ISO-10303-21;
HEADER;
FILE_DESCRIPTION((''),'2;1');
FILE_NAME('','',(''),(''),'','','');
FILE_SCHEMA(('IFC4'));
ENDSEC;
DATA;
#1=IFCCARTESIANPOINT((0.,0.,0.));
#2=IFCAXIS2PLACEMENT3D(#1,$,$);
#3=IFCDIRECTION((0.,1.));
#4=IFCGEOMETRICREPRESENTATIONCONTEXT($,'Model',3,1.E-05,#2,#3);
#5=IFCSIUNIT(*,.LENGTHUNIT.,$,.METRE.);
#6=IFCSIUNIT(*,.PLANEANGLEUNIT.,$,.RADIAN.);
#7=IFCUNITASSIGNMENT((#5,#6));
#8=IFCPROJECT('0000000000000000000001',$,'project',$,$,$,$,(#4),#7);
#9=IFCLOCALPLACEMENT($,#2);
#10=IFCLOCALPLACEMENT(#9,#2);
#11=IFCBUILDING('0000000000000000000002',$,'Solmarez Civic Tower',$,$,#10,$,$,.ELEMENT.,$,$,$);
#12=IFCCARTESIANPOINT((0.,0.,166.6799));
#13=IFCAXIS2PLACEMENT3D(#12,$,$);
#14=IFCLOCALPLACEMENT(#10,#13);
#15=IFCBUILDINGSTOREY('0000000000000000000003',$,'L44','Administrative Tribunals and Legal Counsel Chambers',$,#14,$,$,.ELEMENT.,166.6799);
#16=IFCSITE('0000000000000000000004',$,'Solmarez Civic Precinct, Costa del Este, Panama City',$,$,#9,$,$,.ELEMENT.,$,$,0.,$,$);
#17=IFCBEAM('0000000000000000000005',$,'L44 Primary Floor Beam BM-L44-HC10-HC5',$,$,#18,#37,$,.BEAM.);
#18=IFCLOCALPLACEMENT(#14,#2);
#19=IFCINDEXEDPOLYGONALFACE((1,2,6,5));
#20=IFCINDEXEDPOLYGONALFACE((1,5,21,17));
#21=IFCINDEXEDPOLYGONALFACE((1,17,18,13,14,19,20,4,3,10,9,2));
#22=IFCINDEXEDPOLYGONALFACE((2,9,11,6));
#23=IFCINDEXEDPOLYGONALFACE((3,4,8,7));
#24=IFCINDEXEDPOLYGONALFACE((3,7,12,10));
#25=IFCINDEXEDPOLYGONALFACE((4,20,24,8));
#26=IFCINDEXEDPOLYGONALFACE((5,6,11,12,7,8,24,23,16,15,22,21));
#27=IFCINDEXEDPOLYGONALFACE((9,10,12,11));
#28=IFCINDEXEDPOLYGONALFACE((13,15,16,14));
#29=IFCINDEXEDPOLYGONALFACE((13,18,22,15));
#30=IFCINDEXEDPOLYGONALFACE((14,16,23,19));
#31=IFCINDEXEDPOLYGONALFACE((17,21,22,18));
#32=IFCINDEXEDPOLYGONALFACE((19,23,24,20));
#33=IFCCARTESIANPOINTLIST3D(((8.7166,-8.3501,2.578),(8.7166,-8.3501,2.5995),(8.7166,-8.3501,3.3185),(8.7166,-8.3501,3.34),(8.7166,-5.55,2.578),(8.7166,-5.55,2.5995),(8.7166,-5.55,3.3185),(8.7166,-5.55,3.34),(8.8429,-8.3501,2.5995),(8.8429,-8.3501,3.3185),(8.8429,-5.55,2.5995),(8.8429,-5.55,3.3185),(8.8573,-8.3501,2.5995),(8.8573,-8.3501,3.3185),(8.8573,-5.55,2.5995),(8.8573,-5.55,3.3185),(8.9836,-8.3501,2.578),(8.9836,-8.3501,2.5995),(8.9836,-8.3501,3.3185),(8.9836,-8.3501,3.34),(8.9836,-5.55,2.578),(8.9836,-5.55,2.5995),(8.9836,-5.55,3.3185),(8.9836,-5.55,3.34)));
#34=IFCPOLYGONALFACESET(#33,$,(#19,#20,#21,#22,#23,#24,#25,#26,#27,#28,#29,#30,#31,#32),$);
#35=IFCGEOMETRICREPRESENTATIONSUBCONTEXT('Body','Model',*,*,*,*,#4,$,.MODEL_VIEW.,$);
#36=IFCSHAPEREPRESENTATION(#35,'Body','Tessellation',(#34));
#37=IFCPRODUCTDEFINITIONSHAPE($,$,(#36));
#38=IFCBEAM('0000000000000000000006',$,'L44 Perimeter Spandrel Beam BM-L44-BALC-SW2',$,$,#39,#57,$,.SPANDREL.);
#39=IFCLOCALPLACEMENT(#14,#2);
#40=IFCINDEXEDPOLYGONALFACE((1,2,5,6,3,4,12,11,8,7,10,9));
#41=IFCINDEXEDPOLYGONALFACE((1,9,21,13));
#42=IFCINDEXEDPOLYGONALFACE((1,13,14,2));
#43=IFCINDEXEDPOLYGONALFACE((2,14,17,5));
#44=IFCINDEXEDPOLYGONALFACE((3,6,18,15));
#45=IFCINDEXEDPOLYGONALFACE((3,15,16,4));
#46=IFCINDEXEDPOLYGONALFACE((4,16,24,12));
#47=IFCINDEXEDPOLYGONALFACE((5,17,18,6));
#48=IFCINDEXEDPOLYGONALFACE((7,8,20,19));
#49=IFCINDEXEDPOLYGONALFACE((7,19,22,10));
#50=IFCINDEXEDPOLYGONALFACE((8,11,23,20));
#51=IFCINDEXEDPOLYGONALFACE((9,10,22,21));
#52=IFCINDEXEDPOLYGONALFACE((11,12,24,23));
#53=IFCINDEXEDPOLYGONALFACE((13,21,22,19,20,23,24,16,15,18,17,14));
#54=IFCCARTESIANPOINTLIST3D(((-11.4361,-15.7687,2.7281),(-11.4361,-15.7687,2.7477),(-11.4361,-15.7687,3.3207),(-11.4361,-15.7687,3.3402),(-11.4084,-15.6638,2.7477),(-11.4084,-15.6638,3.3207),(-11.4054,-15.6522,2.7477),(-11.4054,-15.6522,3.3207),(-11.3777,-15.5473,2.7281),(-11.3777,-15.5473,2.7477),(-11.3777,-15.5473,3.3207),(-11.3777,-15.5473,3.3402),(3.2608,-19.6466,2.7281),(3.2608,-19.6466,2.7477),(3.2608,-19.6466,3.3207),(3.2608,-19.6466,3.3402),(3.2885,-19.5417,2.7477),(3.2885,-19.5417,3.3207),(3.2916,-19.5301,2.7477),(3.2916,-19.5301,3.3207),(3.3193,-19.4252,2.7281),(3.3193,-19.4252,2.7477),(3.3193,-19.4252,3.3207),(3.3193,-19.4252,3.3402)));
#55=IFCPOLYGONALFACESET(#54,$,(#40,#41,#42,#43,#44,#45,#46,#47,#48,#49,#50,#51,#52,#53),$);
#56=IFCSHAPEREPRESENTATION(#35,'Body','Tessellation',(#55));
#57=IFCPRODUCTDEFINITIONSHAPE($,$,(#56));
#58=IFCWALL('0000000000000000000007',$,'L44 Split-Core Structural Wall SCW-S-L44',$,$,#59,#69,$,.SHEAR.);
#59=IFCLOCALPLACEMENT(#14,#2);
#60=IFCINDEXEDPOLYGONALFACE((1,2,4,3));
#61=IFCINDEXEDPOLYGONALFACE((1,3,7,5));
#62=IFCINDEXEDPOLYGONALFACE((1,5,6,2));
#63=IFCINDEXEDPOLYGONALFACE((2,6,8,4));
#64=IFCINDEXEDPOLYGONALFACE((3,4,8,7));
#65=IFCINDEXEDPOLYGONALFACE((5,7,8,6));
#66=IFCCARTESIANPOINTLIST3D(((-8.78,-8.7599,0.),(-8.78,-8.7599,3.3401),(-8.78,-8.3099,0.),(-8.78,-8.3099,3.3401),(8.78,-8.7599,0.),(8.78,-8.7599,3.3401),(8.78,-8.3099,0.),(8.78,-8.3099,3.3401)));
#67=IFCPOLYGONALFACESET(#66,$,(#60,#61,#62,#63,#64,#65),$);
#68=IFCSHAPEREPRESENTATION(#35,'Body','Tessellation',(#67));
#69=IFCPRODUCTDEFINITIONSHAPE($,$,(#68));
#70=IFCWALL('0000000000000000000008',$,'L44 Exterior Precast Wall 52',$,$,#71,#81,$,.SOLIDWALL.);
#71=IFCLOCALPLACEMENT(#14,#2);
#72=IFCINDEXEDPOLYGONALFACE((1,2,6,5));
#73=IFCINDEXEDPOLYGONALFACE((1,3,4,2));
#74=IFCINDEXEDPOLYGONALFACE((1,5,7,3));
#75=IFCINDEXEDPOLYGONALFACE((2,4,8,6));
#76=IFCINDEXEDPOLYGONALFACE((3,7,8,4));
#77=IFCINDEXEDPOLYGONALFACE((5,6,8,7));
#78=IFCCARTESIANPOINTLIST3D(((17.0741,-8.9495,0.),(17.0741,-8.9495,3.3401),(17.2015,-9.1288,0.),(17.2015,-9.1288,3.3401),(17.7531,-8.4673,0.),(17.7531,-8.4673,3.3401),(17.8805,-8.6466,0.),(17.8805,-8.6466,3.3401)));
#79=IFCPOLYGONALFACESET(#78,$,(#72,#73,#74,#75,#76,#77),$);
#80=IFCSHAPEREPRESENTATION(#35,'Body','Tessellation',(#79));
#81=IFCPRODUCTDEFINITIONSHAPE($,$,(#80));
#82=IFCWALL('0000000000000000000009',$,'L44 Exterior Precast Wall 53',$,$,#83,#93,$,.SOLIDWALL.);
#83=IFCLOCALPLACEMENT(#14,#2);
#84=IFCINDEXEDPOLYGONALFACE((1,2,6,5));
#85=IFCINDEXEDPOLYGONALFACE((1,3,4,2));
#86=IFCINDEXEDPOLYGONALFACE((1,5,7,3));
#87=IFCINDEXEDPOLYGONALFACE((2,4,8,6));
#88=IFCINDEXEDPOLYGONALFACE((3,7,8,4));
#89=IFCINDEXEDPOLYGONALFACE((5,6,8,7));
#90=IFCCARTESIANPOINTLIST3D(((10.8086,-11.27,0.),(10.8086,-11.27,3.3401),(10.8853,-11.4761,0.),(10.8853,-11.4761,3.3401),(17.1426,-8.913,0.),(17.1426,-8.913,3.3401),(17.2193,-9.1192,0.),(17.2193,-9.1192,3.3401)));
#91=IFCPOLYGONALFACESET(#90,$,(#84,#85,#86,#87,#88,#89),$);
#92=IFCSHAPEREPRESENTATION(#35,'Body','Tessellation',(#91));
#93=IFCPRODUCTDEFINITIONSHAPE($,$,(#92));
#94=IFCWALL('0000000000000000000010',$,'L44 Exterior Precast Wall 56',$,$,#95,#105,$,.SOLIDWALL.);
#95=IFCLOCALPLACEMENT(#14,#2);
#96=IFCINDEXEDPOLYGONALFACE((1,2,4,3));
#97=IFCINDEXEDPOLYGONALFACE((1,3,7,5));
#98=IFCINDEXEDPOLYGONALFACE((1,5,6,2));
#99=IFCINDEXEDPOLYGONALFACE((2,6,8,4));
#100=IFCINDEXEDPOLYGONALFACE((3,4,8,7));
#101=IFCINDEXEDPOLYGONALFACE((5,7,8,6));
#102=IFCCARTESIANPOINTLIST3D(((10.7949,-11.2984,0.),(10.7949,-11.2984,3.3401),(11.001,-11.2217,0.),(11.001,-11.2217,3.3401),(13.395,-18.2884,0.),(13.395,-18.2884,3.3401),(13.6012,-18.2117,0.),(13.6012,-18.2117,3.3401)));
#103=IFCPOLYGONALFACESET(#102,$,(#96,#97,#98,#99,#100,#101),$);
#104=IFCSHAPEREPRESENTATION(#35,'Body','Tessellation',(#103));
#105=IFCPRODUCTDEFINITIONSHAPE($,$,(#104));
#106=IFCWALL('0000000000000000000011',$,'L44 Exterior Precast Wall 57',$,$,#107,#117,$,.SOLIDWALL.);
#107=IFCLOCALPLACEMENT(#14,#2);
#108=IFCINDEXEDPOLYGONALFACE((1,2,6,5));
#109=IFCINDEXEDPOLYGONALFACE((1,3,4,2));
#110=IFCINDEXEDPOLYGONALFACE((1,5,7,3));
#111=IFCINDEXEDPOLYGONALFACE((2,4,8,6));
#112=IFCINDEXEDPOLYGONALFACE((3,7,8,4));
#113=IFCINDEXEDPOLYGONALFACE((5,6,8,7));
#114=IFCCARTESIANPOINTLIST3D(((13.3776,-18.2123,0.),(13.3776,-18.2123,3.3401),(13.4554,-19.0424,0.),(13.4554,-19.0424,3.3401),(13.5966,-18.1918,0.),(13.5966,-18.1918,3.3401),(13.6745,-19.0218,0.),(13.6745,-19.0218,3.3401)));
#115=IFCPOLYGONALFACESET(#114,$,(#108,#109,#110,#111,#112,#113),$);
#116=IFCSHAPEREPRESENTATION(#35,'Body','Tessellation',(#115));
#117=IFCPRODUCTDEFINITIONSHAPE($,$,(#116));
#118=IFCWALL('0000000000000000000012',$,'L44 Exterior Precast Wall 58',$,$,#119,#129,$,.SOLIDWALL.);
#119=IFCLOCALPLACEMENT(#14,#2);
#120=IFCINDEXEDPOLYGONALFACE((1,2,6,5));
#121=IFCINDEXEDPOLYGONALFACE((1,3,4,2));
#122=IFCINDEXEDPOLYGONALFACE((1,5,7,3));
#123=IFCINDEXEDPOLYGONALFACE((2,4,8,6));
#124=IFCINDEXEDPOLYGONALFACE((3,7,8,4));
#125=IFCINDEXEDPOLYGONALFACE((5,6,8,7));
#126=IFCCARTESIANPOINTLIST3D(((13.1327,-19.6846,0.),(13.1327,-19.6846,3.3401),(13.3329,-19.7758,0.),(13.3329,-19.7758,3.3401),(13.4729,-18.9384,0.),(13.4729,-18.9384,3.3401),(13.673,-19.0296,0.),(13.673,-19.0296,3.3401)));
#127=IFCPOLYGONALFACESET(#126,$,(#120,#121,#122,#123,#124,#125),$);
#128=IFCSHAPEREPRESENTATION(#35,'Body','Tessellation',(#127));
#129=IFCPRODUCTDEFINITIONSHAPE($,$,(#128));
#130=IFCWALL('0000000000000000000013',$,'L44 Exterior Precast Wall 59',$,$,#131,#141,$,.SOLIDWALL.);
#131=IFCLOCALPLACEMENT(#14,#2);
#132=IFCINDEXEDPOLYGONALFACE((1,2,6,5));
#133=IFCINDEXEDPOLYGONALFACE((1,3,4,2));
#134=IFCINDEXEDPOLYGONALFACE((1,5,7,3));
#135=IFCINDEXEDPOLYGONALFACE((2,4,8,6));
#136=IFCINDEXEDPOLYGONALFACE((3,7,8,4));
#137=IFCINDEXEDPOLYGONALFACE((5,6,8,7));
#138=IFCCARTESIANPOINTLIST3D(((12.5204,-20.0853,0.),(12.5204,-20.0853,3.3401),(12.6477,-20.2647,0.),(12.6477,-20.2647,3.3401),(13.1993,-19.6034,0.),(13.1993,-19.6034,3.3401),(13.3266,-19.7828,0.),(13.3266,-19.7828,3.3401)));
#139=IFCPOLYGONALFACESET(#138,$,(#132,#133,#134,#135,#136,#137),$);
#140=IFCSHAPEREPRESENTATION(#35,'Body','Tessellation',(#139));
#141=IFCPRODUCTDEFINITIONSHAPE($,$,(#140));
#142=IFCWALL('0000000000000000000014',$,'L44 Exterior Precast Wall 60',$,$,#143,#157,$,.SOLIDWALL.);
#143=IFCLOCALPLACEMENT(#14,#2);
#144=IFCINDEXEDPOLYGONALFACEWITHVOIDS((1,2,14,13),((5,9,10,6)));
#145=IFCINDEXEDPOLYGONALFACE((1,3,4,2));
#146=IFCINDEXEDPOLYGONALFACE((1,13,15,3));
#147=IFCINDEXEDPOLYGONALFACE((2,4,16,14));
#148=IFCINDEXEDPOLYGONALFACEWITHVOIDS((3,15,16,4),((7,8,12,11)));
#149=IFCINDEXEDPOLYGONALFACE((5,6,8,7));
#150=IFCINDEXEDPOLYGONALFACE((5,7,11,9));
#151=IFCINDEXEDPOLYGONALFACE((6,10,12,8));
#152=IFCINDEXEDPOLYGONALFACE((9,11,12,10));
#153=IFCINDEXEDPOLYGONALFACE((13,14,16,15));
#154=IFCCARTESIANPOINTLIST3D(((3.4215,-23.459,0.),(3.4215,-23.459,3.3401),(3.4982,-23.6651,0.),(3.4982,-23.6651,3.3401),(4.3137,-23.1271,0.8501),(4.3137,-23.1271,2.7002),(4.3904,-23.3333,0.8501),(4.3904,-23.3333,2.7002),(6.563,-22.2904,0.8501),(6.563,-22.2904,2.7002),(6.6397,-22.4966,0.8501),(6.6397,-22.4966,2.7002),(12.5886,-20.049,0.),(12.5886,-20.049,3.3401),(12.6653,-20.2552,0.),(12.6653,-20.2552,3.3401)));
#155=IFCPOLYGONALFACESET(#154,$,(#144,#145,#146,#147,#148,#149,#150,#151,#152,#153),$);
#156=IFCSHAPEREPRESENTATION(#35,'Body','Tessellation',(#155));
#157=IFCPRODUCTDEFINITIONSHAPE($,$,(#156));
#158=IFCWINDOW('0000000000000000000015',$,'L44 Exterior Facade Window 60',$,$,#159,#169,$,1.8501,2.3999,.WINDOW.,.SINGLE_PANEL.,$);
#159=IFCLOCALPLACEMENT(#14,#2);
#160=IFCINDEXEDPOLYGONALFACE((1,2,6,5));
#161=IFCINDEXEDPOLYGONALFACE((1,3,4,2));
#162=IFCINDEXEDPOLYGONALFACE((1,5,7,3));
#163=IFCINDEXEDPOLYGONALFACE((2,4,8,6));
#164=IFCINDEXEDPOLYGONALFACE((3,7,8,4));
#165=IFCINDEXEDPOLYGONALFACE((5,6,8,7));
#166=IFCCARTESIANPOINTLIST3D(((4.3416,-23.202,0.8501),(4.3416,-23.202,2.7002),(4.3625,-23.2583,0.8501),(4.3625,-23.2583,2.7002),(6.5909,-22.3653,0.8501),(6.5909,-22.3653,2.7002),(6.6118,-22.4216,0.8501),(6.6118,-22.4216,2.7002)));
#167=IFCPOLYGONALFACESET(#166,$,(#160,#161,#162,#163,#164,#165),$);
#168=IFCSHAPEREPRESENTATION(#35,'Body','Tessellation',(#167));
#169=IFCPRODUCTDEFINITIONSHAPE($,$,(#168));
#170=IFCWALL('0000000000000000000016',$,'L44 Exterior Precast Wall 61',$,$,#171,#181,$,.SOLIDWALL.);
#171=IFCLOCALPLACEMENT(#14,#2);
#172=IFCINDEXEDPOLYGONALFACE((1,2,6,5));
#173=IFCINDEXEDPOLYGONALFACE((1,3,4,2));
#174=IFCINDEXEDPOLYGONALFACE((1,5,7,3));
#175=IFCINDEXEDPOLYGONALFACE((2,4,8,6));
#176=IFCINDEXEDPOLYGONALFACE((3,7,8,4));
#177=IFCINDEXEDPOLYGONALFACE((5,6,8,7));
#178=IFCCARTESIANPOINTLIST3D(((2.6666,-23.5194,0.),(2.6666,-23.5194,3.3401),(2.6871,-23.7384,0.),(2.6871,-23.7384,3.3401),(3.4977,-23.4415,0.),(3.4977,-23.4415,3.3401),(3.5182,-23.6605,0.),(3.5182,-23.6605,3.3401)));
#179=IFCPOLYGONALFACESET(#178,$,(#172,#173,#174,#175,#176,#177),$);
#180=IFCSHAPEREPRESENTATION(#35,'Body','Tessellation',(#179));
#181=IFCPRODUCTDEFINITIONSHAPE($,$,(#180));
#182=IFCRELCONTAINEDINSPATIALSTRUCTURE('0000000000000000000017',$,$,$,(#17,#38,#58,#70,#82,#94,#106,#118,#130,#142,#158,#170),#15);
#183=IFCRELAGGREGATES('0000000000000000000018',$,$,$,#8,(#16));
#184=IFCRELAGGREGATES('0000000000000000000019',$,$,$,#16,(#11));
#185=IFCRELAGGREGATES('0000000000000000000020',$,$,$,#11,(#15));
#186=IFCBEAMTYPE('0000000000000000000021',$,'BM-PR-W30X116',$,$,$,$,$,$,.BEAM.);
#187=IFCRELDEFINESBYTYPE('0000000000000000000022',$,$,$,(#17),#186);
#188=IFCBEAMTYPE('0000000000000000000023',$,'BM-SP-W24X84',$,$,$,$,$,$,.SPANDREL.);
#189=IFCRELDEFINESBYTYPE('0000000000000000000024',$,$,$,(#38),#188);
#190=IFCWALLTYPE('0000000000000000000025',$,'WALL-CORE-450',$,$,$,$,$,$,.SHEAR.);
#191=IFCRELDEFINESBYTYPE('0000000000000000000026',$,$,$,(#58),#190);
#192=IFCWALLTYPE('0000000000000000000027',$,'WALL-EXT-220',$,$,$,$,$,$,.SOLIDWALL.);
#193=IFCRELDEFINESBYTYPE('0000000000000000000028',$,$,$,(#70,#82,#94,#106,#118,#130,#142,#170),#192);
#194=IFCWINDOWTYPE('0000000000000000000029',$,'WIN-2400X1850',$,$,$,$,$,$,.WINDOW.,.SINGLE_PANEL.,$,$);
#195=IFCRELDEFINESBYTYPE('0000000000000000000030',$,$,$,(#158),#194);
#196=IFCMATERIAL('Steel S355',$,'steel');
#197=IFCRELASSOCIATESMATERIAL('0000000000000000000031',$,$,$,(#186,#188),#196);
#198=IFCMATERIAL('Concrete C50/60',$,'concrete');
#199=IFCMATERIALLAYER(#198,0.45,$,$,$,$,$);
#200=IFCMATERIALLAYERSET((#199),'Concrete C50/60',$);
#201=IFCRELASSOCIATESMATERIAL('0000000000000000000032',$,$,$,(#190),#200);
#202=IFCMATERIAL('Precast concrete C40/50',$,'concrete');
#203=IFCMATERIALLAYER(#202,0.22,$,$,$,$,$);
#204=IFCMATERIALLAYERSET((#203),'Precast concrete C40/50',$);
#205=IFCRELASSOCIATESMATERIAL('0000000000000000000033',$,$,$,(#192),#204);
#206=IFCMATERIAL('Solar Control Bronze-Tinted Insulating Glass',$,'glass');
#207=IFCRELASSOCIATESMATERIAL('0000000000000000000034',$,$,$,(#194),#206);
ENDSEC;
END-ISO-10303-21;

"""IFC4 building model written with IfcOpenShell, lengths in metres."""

from ifc_helpers import new_model, si_unit, direction, frame, frame_2d, origin, origin_2d, place, context, subcontext, project, spatial, rectangle, i_section, extrude, material, layer, layer_set, material_profile, profile_set, type_object, element, fill, save


model = new_model("IFC4")

# Units and contexts
model_context = context("Model", 3, precision=1e-05, world=origin(), true_north=direction((0.0, 1.0)))
body_context = subcontext(model_context, "Body", "Model", "MODEL_VIEW")
ifc_project = project(units=[si_unit("LENGTHUNIT", "METRE"), si_unit("PLANEANGLEUNIT", "RADIAN")], contexts=[model_context])

# Site, building, storey
site_placement = place(None, origin())
site = spatial("IfcSite", under=ifc_project, at=site_placement, Name="Solmarez Civic Precinct, Costa del Este, Panama City", CompositionType="ELEMENT", RefElevation=0.0)
building_placement = place(site_placement, origin())
building = spatial("IfcBuilding", under=site, at=building_placement, Name="Solmarez Civic Tower", CompositionType="ELEMENT")
storey_placement = place(building_placement, frame((0.0, 0.0, 166.6799)))
storey = spatial("IfcBuildingStorey", under=building, at=storey_placement, Name="L44", Description="Administrative Tribunals and Legal Counsel Chambers", CompositionType="ELEMENT", Elevation=166.6799)

# Shared definitions
ifc_material_1 = material(Name="Concrete C50/60", Category="concrete")
ifc_material_2 = material(Name="Steel S355", Category="steel")

# Beams
ifc_material_profile_1 = material_profile(ifc_material_2, i_section(OverallWidth=0.2671, OverallDepth=0.762, WebThickness=0.0144, FlangeThickness=0.0215, at=origin_2d()), Name="W30X116")
ifc_profile_set_1 = profile_set([ifc_material_profile_1], Name="Steel S355")
beam_type_1 = type_object("IfcBeamType", Name="BM-PR-W30X116", PredefinedType="BEAM", material=ifc_profile_set_1)
beam_1_placement = place(storey_placement, frame((8.8501, -8.3501, 2.959), z_axis=(0.0, 1.0, 0.0), x_axis=(-1.0, 0.0, 0.0)))
element("IfcBeam", 1, at=beam_1_placement, inside=storey, type_object=beam_type_1, Name="L44 Primary Floor Beam BM-L44-HC10-HC5", PredefinedType="BEAM", context=body_context, shape_type="SweptSolid", body=[
    extrude(i_section(OverallWidth=0.2671, OverallDepth=0.762, WebThickness=0.0144, FlangeThickness=0.0215, at=origin_2d()), origin(), (0.0, 0.0, 1.0), 2.8),
])
ifc_material_profile_2 = material_profile(ifc_material_2, i_section(OverallWidth=0.229, OverallDepth=0.6121, WebThickness=0.012, FlangeThickness=0.0195, at=origin_2d()), Name="W24X84")
ifc_profile_set_2 = profile_set([ifc_material_profile_2], Name="Steel S355")
beam_type_2 = type_object("IfcBeamType", Name="BM-SP-W24X84", PredefinedType="SPANDREL", material=ifc_profile_set_2)
beam_2_placement = place(storey_placement, frame((3.29, -19.5359, 3.0342), z_axis=(-0.966908, 0.255127, 0.0), x_axis=(-0.255127, -0.966908, 0.0)))
element("IfcBeam", 2, at=beam_2_placement, inside=storey, type_object=beam_type_2, Name="L44 Perimeter Spandrel Beam BM-L44-BALC-SW2", PredefinedType="SPANDREL", context=body_context, shape_type="SweptSolid", body=[
    extrude(i_section(OverallWidth=0.229, OverallDepth=0.6121, WebThickness=0.012, FlangeThickness=0.0195, at=origin_2d()), origin(), (0.0, 0.0, 1.0), 15.2),
])

# Walls
ifc_layer_1 = layer(ifc_material_1, 0.45)
ifc_layer_set_1 = layer_set([ifc_layer_1], Name="Concrete C50/60")
wall_type_1 = type_object("IfcWallType", Name="WALL-CORE-450", PredefinedType="SHEAR", material=ifc_layer_set_1)
wall_1_placement = place(storey_placement, frame((8.78, -8.5349, 0.0), z_axis=(0.0, 0.0, 1.0), x_axis=(-1.0, 0.0, 0.0)))
element("IfcWall", 3, at=wall_1_placement, inside=storey, type_object=wall_type_1, Name="L44 Split-Core Structural Wall SCW-S-L44", PredefinedType="SHEAR", context=body_context, shape_type="SweptSolid", body=[
    extrude(rectangle(XDim=17.5601, YDim=0.45, at=frame_2d((8.78, 0.0))), origin(), (0.0, 0.0, 1.0), 3.3401),
])
ifc_material_3 = material(Name="Precast concrete C40/50", Category="concrete")
ifc_layer_2 = layer(ifc_material_3, 0.22)
ifc_layer_set_2 = layer_set([ifc_layer_2], Name="Precast concrete C40/50")
wall_type_2 = type_object("IfcWallType", Name="WALL-EXT-220", PredefinedType="SOLIDWALL", material=ifc_layer_set_2)
wall_2_placement = place(storey_placement, frame((17.8169, -8.5569, 0.0), z_axis=(0.0, 0.0, 1.0), x_axis=(-0.815315, -0.579017, 0.0)))
element("IfcWall", 4, at=wall_2_placement, inside=storey, type_object=wall_type_2, Name="L44 Exterior Precast Wall 52", PredefinedType="SOLIDWALL", context=body_context, shape_type="SweptSolid", body=[
    extrude(rectangle(XDim=0.8328, YDim=0.22, at=frame_2d((0.4165, 0.0))), origin(), (0.0, 0.0, 1.0), 3.3401),
])
wall_3_placement = place(storey_placement, frame((17.1809, -9.0161, 0.0), z_axis=(0.0, 0.0, 1.0), x_axis=(-0.937217, -0.348747, 0.0)))
element("IfcWall", 5, at=wall_3_placement, inside=storey, type_object=wall_type_2, Name="L44 Exterior Precast Wall 53", PredefinedType="SOLIDWALL", context=body_context, shape_type="SweptSolid", body=[
    extrude(rectangle(XDim=6.7583, YDim=0.22, at=frame_2d((3.3792, 0.0))), origin(), (0.0, 0.0, 1.0), 3.3401),
])
wall_4_placement = place(storey_placement, frame((10.8979, -11.26, 0.0), z_axis=(0.0, 0.0, 1.0), x_axis=(0.348636, -0.937258, 0.0)))
element("IfcWall", 6, at=wall_4_placement, inside=storey, type_object=wall_type_2, Name="L44 Exterior Precast Wall 56", PredefinedType="SOLIDWALL", context=body_context, shape_type="SweptSolid", body=[
    extrude(rectangle(XDim=7.458, YDim=0.22, at=frame_2d((3.729, 0.0))), origin(), (0.0, 0.0, 1.0), 3.3401),
])
wall_5_placement = place(storey_placement, frame((13.4871, -18.2019, 0.0), z_axis=(0.0, 0.0, 1.0), x_axis=(0.093413, -0.995627, 0.0)))
element("IfcWall", 7, at=wall_5_placement, inside=storey, type_object=wall_type_2, Name="L44 Exterior Precast Wall 57", PredefinedType="SOLIDWALL", context=body_context, shape_type="SweptSolid", body=[
    extrude(rectangle(XDim=0.8337, YDim=0.22, at=frame_2d((0.417, 0.0))), origin(), (0.0, 0.0, 1.0), 3.3401),
])
wall_6_placement = place(storey_placement, frame((13.573, -18.9839, 0.0), z_axis=(0.0, 0.0, 1.0), x_axis=(-0.414767, -0.909927, 0.0)))
element("IfcWall", 8, at=wall_6_placement, inside=storey, type_object=wall_type_2, Name="L44 Exterior Precast Wall 58", PredefinedType="SOLIDWALL", context=body_context, shape_type="SweptSolid", body=[
    extrude(rectangle(XDim=0.8201, YDim=0.22, at=frame_2d((0.4102, 0.0))), origin(), (0.0, 0.0, 1.0), 3.3401),
])
wall_7_placement = place(storey_placement, frame((13.2629, -19.6931, 0.0), z_axis=(0.0, 0.0, 1.0), x_axis=(-0.815454, -0.578822, 0.0)))
element("IfcWall", 9, at=wall_7_placement, inside=storey, type_object=wall_type_2, Name="L44 Exterior Precast Wall 59", PredefinedType="SOLIDWALL", context=body_context, shape_type="SweptSolid", body=[
    extrude(rectangle(XDim=0.8325, YDim=0.22, at=frame_2d((0.4163, 0.0))), origin(), (0.0, 0.0, 1.0), 3.3401),
])

# Wall, opening, window
wall_8_placement = place(storey_placement, frame((12.627, -20.1521, 0.0), z_axis=(0.0, 0.0, 1.0), x_axis=(-0.937257, -0.348638, 0.0)))
wall_8 = element("IfcWall", 10, at=wall_8_placement, inside=storey, type_object=wall_type_2, Name="L44 Exterior Precast Wall 60", PredefinedType="SOLIDWALL", context=body_context, shape_type="SweptSolid", body=[
    extrude(rectangle(XDim=9.7808, YDim=0.22, at=frame_2d((4.8904, 0.0))), origin(), (0.0, 0.0, 1.0), 3.3401),
])
opening_1_placement = place(wall_8_placement, frame((6.429, 0.0, 0.8501)))
opening_1 = element("IfcOpeningElement", 11, at=opening_1_placement, cuts=wall_8, PredefinedType="OPENING", context=body_context, shape_type="SweptSolid", body=[
    extrude(rectangle(XDim=2.3999, YDim=1.8501, at=frame_2d((1.2, 0.925))), frame((0.0, 0.1199, 0.0), z_axis=(0.0, -1.0, 0.0), x_axis=(1.0, 0.0, 0.0)), (0.0, 0.0, 1.0), 0.24),
])
ifc_material_4 = material(Name="Solar Control Bronze-Tinted Insulating Glass", Category="glass")
window_type = type_object("IfcWindowType", Name="WIN-2400X1850", PartitioningType="SINGLE_PANEL", PredefinedType="WINDOW", material=ifc_material_4)
window_placement = place(opening_1_placement, origin())
window = element("IfcWindow", 12, at=window_placement, inside=storey, type_object=window_type, Name="L44 Exterior Facade Window 60", OverallHeight=1.8501, OverallWidth=2.3999, PartitioningType="SINGLE_PANEL", PredefinedType="WINDOW", context=body_context, shape_type="SweptSolid", body=[
    extrude(rectangle(XDim=2.3999, YDim=1.8501, at=frame_2d((1.2, 0.925))), frame((0.0, 0.03, 0.0), z_axis=(0.0, -1.0, 0.0), x_axis=(1.0, 0.0, 0.0)), (0.0, 0.0, 1.0), 0.0601),
])
fill(opening_1, window)

# Wall
wall_9_placement = place(storey_placement, frame((3.5081, -23.551, 0.0), z_axis=(0.0, 0.0, 1.0), x_axis=(-0.995638, -0.093304, 0.0)))
element("IfcWall", 13, at=wall_9_placement, inside=storey, type_object=wall_type_2, Name="L44 Exterior Precast Wall 61", PredefinedType="SOLIDWALL", context=body_context, shape_type="SweptSolid", body=[
    extrude(rectangle(XDim=0.8347, YDim=0.22, at=frame_2d((0.4175, 0.0))), origin(), (0.0, 0.0, 1.0), 3.3401),
])

save(model, "model.ifc")
